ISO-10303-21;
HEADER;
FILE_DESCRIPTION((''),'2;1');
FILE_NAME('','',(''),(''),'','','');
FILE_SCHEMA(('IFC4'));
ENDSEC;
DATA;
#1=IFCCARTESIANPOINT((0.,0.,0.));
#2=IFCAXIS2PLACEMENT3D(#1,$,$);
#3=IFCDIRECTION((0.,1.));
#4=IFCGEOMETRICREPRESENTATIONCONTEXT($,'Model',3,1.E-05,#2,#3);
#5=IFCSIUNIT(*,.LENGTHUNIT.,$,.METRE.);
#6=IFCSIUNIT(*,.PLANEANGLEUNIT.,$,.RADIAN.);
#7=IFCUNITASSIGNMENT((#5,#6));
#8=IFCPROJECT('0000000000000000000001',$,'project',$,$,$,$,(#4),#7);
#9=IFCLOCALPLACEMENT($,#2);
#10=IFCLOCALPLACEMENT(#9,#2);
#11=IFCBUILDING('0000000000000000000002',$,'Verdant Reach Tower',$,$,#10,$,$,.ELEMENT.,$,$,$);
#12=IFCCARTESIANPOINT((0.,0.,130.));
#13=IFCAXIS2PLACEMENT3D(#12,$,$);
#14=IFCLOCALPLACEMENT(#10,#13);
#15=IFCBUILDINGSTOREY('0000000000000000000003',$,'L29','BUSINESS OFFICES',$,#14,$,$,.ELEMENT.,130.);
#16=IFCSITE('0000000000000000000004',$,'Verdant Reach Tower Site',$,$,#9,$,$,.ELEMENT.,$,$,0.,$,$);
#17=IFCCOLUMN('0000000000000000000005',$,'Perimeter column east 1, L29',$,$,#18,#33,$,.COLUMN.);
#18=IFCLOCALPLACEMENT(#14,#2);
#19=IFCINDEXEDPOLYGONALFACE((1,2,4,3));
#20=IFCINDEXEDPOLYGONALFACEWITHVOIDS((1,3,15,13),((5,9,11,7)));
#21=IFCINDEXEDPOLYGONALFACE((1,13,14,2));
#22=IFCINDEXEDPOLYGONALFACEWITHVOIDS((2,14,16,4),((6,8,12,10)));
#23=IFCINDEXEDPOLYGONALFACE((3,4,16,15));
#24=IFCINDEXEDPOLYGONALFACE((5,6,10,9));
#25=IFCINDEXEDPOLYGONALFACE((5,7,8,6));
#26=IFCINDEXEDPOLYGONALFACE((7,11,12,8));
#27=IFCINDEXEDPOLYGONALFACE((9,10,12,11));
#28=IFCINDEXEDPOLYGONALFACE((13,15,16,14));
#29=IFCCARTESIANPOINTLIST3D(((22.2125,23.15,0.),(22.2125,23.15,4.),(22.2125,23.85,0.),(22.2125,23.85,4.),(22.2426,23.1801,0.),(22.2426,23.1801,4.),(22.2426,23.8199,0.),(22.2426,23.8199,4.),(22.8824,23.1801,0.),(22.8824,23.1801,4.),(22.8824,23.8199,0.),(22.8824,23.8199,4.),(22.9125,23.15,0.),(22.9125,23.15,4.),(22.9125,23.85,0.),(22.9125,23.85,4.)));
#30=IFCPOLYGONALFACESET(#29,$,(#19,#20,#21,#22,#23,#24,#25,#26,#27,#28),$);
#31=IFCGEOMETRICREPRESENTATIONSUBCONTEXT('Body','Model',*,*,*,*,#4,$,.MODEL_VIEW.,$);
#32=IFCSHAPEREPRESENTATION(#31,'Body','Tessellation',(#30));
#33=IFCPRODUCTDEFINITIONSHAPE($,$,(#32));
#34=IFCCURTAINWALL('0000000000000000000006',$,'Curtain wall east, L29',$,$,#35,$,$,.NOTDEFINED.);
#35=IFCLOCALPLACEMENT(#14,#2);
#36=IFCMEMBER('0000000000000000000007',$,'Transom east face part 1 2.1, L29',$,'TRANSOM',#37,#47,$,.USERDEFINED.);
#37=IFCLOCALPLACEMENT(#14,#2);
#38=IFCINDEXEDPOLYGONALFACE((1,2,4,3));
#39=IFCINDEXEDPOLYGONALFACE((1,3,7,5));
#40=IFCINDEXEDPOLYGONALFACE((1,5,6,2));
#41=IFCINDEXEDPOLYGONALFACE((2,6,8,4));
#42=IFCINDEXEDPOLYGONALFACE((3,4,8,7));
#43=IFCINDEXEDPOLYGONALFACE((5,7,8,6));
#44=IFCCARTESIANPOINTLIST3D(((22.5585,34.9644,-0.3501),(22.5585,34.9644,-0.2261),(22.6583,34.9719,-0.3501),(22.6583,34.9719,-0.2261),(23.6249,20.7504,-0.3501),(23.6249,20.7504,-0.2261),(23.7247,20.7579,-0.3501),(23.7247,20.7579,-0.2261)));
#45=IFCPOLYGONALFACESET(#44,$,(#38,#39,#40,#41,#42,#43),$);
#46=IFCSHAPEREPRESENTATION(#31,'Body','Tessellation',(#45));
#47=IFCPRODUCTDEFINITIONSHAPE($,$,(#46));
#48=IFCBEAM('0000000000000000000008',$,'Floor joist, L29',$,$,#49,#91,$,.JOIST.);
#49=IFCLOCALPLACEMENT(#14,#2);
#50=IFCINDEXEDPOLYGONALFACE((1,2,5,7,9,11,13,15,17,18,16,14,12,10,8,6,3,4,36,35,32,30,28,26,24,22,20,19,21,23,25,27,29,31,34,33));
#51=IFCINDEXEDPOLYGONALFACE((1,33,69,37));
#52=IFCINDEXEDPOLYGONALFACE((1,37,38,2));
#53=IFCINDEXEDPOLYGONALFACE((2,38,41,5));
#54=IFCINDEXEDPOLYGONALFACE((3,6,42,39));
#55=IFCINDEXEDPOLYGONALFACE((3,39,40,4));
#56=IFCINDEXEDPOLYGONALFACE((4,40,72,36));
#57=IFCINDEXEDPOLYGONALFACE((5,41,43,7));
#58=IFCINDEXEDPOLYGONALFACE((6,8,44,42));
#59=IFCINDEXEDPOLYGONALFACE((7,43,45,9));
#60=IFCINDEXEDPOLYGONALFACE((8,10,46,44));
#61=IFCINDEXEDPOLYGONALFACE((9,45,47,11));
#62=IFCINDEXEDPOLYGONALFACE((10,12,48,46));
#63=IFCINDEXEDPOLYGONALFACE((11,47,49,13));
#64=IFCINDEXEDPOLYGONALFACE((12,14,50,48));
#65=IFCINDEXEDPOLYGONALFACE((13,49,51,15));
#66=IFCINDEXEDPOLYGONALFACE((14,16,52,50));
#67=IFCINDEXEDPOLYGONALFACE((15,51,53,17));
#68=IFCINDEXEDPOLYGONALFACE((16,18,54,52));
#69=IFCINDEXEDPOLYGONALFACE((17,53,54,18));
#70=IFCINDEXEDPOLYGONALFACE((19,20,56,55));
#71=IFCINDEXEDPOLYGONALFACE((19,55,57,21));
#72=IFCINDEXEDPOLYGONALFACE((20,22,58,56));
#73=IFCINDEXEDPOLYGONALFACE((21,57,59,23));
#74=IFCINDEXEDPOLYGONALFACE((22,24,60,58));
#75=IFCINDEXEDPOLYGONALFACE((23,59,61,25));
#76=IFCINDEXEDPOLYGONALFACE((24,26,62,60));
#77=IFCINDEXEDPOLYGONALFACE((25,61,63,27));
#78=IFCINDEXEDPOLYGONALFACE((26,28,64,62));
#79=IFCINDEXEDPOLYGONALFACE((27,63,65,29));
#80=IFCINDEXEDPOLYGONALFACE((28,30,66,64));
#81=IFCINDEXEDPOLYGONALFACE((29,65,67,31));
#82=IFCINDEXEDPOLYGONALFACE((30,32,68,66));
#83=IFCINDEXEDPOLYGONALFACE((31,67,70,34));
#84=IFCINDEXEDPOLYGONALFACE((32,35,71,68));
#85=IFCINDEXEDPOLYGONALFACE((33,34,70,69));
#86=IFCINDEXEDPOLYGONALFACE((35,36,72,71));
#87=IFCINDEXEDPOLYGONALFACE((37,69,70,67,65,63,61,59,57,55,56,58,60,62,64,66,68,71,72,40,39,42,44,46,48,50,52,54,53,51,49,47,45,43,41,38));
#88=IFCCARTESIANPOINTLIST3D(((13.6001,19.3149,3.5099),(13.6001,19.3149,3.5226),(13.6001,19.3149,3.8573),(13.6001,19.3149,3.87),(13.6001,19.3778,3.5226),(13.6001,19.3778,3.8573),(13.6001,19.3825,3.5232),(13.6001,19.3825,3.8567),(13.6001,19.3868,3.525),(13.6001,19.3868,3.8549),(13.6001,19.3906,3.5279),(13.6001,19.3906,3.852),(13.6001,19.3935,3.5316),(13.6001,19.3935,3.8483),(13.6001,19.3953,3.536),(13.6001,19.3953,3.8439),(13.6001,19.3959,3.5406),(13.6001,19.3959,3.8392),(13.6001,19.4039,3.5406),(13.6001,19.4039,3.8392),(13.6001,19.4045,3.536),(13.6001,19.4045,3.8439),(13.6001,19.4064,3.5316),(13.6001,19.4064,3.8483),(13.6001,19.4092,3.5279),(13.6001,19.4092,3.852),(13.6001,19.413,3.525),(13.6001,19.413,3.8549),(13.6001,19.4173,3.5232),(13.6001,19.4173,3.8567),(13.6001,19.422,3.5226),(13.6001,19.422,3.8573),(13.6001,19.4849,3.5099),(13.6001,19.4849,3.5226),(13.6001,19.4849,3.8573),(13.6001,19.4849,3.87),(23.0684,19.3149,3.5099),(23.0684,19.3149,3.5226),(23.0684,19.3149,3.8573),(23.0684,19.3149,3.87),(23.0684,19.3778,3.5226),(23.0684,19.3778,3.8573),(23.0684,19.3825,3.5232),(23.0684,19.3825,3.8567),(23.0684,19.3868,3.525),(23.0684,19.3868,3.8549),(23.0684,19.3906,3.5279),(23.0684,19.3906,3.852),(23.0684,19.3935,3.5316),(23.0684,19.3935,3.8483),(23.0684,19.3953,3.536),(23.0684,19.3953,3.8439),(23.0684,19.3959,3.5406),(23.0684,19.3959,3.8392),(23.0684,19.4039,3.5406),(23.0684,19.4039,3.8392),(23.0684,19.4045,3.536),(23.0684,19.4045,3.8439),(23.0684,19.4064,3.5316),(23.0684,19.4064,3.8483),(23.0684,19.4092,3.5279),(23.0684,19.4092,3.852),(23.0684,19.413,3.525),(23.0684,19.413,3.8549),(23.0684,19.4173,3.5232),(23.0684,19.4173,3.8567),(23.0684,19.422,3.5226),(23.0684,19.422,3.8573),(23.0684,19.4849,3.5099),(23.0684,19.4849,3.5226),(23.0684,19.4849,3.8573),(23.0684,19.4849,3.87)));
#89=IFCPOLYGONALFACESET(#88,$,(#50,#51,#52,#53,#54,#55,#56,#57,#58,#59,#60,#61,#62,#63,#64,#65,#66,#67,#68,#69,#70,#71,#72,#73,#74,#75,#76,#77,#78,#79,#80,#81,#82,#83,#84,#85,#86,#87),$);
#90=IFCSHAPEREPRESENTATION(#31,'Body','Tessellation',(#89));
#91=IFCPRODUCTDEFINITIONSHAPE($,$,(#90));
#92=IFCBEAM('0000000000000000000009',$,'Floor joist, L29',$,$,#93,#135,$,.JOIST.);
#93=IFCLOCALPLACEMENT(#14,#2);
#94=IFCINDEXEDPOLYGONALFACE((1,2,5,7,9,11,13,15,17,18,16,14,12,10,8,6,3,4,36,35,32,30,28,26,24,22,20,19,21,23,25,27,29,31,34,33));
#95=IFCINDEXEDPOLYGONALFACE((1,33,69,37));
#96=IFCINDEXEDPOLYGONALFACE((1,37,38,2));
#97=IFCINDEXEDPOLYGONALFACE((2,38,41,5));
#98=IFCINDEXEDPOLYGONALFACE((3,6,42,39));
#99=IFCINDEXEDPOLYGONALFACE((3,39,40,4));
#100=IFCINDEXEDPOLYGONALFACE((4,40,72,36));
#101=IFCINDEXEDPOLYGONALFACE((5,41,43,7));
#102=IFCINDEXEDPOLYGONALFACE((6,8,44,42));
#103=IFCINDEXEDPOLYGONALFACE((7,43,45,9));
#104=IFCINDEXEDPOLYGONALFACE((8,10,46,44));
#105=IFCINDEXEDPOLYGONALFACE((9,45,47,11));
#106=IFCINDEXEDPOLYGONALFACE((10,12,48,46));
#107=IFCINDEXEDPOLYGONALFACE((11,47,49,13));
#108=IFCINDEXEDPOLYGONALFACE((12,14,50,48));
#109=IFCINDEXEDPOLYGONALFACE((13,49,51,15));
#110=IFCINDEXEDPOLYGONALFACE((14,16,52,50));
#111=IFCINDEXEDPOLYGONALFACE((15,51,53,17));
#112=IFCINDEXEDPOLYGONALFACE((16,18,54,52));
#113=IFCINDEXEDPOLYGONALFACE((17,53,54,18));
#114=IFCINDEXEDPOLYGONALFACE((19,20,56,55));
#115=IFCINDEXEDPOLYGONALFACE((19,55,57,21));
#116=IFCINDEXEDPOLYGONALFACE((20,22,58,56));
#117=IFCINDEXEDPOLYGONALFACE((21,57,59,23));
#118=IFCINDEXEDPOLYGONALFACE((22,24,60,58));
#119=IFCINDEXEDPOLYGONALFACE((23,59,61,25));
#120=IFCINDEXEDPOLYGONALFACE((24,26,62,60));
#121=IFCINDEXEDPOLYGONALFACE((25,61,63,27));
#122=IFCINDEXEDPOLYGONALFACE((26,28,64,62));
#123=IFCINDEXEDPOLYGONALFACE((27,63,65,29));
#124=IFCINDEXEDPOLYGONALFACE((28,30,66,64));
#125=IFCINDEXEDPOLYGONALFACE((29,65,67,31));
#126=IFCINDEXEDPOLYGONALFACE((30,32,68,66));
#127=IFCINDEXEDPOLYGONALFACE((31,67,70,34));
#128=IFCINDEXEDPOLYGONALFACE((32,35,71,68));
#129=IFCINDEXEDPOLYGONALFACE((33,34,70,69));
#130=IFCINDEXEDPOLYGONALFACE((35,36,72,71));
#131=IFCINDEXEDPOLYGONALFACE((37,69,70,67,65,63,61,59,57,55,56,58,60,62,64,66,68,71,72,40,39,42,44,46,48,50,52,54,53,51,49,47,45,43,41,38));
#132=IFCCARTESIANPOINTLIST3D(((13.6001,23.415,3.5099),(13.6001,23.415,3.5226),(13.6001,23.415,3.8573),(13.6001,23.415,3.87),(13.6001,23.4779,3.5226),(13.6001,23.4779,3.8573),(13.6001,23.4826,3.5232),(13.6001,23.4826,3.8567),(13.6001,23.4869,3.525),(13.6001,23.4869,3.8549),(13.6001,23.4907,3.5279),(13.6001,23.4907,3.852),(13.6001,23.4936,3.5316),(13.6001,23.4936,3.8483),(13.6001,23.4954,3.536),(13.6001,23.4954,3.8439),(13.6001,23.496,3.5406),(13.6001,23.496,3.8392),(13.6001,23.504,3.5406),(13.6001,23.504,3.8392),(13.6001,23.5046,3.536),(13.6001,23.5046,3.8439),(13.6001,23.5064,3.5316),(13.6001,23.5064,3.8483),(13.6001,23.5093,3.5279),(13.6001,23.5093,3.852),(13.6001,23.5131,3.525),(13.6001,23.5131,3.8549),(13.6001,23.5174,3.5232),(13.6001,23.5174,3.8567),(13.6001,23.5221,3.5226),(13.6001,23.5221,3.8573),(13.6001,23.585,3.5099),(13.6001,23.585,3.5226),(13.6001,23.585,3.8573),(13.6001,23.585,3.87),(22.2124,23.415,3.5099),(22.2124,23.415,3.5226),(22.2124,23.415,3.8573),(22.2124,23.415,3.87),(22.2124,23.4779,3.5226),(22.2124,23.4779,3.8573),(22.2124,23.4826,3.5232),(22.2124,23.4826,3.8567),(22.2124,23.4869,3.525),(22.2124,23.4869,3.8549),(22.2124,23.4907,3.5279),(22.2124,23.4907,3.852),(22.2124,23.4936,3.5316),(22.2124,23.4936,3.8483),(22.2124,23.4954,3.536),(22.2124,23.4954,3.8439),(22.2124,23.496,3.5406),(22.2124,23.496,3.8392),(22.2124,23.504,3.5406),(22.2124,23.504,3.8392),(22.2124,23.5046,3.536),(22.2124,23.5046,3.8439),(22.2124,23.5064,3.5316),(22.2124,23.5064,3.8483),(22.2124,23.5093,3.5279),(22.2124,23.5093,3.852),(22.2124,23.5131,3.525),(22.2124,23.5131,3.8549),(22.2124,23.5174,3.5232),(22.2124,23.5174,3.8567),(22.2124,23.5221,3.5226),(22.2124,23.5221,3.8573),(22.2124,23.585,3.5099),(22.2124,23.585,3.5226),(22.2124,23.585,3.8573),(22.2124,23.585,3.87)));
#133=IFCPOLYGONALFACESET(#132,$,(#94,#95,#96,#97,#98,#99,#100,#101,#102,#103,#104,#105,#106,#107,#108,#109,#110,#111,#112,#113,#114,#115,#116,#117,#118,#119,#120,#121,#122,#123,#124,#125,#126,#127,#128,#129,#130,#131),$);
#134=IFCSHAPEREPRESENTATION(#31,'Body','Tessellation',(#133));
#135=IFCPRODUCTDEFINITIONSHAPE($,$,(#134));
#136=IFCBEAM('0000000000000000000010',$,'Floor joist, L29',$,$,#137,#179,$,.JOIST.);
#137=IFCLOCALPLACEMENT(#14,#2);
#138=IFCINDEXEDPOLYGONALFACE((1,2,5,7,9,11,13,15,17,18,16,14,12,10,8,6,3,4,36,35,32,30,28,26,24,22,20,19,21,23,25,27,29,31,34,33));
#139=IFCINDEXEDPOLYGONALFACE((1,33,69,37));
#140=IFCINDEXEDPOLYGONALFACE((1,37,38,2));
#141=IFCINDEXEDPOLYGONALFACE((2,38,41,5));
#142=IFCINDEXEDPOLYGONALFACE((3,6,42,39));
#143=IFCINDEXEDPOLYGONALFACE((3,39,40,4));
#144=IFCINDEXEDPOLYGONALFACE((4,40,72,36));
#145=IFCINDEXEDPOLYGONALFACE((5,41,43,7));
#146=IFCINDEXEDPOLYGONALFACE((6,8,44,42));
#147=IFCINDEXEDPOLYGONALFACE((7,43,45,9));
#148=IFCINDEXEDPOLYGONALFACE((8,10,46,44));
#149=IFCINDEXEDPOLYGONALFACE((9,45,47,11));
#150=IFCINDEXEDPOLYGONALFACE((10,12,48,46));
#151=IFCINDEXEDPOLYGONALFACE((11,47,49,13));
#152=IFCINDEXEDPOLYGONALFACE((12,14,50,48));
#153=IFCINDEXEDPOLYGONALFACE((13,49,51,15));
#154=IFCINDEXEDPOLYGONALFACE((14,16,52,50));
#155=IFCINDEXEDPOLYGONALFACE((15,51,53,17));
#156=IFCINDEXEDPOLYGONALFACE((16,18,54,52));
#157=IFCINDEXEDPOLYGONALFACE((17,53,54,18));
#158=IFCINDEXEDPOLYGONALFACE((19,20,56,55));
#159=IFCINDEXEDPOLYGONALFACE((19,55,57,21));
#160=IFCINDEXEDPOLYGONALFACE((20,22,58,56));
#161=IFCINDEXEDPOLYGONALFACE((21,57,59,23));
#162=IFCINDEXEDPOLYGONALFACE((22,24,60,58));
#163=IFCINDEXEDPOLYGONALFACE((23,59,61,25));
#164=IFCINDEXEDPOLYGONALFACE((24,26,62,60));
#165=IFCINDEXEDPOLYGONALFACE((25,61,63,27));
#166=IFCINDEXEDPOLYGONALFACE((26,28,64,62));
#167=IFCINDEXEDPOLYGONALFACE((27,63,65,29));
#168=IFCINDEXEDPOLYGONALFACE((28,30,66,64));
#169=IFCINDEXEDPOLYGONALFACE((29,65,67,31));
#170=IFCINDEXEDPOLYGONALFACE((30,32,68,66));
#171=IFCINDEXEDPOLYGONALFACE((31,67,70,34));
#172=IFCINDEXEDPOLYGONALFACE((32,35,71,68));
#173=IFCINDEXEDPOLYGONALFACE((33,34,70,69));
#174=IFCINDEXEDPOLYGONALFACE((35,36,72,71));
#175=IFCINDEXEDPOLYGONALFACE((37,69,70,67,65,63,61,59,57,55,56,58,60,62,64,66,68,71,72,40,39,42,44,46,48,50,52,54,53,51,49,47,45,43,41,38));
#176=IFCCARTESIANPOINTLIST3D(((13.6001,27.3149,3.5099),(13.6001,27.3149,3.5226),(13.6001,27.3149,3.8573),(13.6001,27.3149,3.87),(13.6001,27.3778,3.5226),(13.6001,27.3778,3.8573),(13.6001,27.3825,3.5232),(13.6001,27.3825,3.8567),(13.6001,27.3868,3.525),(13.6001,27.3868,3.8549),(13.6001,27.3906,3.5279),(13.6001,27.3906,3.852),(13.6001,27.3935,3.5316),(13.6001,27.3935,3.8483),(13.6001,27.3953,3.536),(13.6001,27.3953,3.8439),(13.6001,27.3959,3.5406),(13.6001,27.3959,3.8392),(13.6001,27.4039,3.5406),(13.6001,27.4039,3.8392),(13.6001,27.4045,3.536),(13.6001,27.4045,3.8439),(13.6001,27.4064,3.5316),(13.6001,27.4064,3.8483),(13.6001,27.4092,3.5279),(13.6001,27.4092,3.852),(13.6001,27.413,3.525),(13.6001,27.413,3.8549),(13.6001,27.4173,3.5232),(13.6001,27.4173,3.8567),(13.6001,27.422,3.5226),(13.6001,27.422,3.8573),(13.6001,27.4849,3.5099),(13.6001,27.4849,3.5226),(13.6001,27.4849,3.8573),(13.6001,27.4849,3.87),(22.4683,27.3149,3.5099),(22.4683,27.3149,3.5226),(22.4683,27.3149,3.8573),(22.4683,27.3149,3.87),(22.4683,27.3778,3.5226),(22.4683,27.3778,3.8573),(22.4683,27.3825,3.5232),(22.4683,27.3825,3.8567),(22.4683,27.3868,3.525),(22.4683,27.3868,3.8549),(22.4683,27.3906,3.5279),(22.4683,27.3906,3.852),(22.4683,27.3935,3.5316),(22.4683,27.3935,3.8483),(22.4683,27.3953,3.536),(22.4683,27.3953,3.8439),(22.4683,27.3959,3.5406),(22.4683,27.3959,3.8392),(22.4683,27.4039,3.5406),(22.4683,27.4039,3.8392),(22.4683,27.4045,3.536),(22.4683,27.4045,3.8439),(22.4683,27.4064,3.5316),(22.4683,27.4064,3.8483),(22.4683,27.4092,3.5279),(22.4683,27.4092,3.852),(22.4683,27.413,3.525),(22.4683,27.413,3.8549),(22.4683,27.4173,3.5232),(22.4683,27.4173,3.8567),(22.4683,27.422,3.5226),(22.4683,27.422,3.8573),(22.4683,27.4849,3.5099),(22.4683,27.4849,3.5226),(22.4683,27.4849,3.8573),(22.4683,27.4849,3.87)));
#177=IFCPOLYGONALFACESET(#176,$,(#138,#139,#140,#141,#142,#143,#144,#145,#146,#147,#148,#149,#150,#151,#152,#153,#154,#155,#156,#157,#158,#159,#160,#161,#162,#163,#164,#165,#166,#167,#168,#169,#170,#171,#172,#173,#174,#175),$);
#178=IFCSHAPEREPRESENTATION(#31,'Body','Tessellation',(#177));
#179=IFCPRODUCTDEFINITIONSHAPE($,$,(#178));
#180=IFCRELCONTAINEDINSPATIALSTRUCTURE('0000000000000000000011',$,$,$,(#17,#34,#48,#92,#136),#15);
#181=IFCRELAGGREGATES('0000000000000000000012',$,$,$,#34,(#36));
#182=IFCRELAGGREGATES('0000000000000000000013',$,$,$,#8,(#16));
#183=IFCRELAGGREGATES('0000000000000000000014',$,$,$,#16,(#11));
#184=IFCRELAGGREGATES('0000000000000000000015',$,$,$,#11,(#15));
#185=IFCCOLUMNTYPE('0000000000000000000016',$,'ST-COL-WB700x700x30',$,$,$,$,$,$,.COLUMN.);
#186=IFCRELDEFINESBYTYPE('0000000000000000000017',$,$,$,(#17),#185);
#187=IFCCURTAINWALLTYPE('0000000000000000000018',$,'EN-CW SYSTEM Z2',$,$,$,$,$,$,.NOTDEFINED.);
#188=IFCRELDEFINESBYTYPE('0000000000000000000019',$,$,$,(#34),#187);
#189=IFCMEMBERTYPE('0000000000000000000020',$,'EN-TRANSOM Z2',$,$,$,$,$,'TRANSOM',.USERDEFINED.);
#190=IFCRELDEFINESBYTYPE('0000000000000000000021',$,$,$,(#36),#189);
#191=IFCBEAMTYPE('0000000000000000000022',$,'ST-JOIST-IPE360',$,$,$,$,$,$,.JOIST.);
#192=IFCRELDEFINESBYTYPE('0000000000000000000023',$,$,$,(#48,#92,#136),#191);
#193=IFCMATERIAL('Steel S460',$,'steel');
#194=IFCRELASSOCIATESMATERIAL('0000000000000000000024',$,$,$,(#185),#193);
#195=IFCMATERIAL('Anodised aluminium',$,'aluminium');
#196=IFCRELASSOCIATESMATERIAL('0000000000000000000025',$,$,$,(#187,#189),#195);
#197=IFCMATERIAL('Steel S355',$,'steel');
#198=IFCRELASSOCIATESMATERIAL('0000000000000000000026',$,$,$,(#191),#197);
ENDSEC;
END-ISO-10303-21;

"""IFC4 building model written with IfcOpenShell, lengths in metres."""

from ifc_helpers import new_model, si_unit, direction, frame, origin, origin_2d, place, context, subcontext, project, spatial, rectangle, hollow_rectangle, i_section, extrude, material, material_profile, profile_set, type_object, element, aggregate, save


model = new_model("IFC4")

# Units and contexts
model_context = context("Model", 3, precision=1e-05, world=origin(), true_north=direction((0.0, 1.0)))
body_context = subcontext(model_context, "Body", "Model", "MODEL_VIEW")
ifc_project = project(units=[si_unit("LENGTHUNIT", "METRE"), si_unit("PLANEANGLEUNIT", "RADIAN")], contexts=[model_context])

# Site, building, storey
site_placement = place(None, origin())
site = spatial("IfcSite", under=ifc_project, at=site_placement, Name="Verdant Reach Tower Site", CompositionType="ELEMENT", RefElevation=0.0)
building_placement = place(site_placement, origin())
building = spatial("IfcBuilding", under=site, at=building_placement, Name="Verdant Reach Tower", CompositionType="ELEMENT")
storey_placement = place(building_placement, frame((0.0, 0.0, 130.0)))
storey = spatial("IfcBuildingStorey", under=building, at=storey_placement, Name="L29", Description="BUSINESS OFFICES", CompositionType="ELEMENT", Elevation=130.0)

# Column
ifc_material_1 = material(Name="Steel S460", Category="steel")
ifc_material_profile_1 = material_profile(ifc_material_1, hollow_rectangle(XDim=0.7, YDim=0.7, WallThickness=0.03, at=origin_2d()), Name="WB 700x700x30")
ifc_profile_set_1 = profile_set([ifc_material_profile_1], Name="Steel S460")
column_type = type_object("IfcColumnType", Name="ST-COL-WB700x700x30", PredefinedType="COLUMN", material=ifc_profile_set_1)
column_placement = place(storey_placement, frame((22.5625, 23.5, 0.0), z_axis=(0.0, 0.0, 1.0), x_axis=(1.0, 0.0, 0.0)))
element("IfcColumn", 1, at=column_placement, inside=storey, type_object=column_type, Name="Perimeter column east 1, L29", PredefinedType="COLUMN", context=body_context, shape_type="SweptSolid", body=[
    extrude(hollow_rectangle(XDim=0.7, YDim=0.7, WallThickness=0.03, at=origin_2d()), origin(), (0.0, 0.0, 1.0), 4.0),
])

# Curtain wall, member
ifc_material_2 = material(Name="Anodised aluminium", Category="aluminium")
curtain_wall_type = type_object("IfcCurtainWallType", Name="EN-CW SYSTEM Z2", PredefinedType="NOTDEFINED", material=ifc_material_2)
curtain_wall_placement = place(storey_placement, origin())
curtain_wall = element("IfcCurtainWall", 2, at=curtain_wall_placement, inside=storey, type_object=curtain_wall_type, Name="Curtain wall east, L29", PredefinedType="NOTDEFINED")
ifc_material_profile_2 = material_profile(ifc_material_2, rectangle(XDim=0.1001, YDim=0.124, at=origin_2d()), Name="Transom 124x100")
ifc_profile_set_2 = profile_set([ifc_material_profile_2], Name="Anodised aluminium")
member_type = type_object("IfcMemberType", Name="EN-TRANSOM Z2", ElementType="TRANSOM", PredefinedType="USERDEFINED", material=ifc_profile_set_2)
member_placement = place(storey_placement, frame((23.6748, 20.7542, -0.2881), z_axis=(-0.074815, 0.997197, 0.0), x_axis=(-0.997197, -0.074815, 0.0)))
member = element("IfcMember", 3, at=member_placement, type_object=member_type, Name="Transom east face part 1 2.1, L29", ObjectType="TRANSOM", PredefinedType="USERDEFINED", context=body_context, shape_type="SweptSolid", body=[
    extrude(rectangle(XDim=0.1001, YDim=0.124, at=origin_2d()), origin(), (0.0, 0.0, 1.0), 14.2539),
])

# Beams
ifc_material_3 = material(Name="Steel S355", Category="steel")
ifc_material_profile_3 = material_profile(ifc_material_3, i_section(OverallWidth=0.1699, OverallDepth=0.3601, WebThickness=0.0081, FlangeThickness=0.0127, FilletRadius=0.0181, at=origin_2d()), Name="IPE 360")
ifc_profile_set_3 = profile_set([ifc_material_profile_3], Name="Steel S355")
beam_type = type_object("IfcBeamType", Name="ST-JOIST-IPE360", PredefinedType="JOIST", material=ifc_profile_set_3)
beam_1_placement = place(storey_placement, frame((13.6001, 19.3999, 3.6899), z_axis=(1.0, 0.0, 0.0), x_axis=(0.0, 1.0, 0.0)))
element("IfcBeam", 4, at=beam_1_placement, inside=storey, type_object=beam_type, Name="Floor joist, L29", PredefinedType="JOIST", context=body_context, shape_type="SweptSolid", body=[
    extrude(i_section(OverallWidth=0.1699, OverallDepth=0.3601, WebThickness=0.0081, FlangeThickness=0.0127, FilletRadius=0.0181, at=origin_2d()), origin(), (0.0, 0.0, 1.0), 9.4683),
])
beam_2_placement = place(storey_placement, frame((13.6001, 23.5, 3.6899), z_axis=(1.0, 0.0, 0.0), x_axis=(0.0, 1.0, 0.0)))
element("IfcBeam", 5, at=beam_2_placement, inside=storey, type_object=beam_type, Name="Floor joist, L29", PredefinedType="JOIST", context=body_context, shape_type="SweptSolid", body=[
    extrude(i_section(OverallWidth=0.1699, OverallDepth=0.3601, WebThickness=0.0081, FlangeThickness=0.0127, FilletRadius=0.0181, at=origin_2d()), origin(), (0.0, 0.0, 1.0), 8.6123),
])
beam_3_placement = place(storey_placement, frame((13.6001, 27.3999, 3.6899), z_axis=(1.0, 0.0, 0.0), x_axis=(0.0, 1.0, 0.0)))
element("IfcBeam", 6, at=beam_3_placement, inside=storey, type_object=beam_type, Name="Floor joist, L29", PredefinedType="JOIST", context=body_context, shape_type="SweptSolid", body=[
    extrude(i_section(OverallWidth=0.1699, OverallDepth=0.3601, WebThickness=0.0081, FlangeThickness=0.0127, FilletRadius=0.0181, at=origin_2d()), origin(), (0.0, 0.0, 1.0), 8.8682),
])

aggregate(curtain_wall, [member])

save(model, "model.ifc")
